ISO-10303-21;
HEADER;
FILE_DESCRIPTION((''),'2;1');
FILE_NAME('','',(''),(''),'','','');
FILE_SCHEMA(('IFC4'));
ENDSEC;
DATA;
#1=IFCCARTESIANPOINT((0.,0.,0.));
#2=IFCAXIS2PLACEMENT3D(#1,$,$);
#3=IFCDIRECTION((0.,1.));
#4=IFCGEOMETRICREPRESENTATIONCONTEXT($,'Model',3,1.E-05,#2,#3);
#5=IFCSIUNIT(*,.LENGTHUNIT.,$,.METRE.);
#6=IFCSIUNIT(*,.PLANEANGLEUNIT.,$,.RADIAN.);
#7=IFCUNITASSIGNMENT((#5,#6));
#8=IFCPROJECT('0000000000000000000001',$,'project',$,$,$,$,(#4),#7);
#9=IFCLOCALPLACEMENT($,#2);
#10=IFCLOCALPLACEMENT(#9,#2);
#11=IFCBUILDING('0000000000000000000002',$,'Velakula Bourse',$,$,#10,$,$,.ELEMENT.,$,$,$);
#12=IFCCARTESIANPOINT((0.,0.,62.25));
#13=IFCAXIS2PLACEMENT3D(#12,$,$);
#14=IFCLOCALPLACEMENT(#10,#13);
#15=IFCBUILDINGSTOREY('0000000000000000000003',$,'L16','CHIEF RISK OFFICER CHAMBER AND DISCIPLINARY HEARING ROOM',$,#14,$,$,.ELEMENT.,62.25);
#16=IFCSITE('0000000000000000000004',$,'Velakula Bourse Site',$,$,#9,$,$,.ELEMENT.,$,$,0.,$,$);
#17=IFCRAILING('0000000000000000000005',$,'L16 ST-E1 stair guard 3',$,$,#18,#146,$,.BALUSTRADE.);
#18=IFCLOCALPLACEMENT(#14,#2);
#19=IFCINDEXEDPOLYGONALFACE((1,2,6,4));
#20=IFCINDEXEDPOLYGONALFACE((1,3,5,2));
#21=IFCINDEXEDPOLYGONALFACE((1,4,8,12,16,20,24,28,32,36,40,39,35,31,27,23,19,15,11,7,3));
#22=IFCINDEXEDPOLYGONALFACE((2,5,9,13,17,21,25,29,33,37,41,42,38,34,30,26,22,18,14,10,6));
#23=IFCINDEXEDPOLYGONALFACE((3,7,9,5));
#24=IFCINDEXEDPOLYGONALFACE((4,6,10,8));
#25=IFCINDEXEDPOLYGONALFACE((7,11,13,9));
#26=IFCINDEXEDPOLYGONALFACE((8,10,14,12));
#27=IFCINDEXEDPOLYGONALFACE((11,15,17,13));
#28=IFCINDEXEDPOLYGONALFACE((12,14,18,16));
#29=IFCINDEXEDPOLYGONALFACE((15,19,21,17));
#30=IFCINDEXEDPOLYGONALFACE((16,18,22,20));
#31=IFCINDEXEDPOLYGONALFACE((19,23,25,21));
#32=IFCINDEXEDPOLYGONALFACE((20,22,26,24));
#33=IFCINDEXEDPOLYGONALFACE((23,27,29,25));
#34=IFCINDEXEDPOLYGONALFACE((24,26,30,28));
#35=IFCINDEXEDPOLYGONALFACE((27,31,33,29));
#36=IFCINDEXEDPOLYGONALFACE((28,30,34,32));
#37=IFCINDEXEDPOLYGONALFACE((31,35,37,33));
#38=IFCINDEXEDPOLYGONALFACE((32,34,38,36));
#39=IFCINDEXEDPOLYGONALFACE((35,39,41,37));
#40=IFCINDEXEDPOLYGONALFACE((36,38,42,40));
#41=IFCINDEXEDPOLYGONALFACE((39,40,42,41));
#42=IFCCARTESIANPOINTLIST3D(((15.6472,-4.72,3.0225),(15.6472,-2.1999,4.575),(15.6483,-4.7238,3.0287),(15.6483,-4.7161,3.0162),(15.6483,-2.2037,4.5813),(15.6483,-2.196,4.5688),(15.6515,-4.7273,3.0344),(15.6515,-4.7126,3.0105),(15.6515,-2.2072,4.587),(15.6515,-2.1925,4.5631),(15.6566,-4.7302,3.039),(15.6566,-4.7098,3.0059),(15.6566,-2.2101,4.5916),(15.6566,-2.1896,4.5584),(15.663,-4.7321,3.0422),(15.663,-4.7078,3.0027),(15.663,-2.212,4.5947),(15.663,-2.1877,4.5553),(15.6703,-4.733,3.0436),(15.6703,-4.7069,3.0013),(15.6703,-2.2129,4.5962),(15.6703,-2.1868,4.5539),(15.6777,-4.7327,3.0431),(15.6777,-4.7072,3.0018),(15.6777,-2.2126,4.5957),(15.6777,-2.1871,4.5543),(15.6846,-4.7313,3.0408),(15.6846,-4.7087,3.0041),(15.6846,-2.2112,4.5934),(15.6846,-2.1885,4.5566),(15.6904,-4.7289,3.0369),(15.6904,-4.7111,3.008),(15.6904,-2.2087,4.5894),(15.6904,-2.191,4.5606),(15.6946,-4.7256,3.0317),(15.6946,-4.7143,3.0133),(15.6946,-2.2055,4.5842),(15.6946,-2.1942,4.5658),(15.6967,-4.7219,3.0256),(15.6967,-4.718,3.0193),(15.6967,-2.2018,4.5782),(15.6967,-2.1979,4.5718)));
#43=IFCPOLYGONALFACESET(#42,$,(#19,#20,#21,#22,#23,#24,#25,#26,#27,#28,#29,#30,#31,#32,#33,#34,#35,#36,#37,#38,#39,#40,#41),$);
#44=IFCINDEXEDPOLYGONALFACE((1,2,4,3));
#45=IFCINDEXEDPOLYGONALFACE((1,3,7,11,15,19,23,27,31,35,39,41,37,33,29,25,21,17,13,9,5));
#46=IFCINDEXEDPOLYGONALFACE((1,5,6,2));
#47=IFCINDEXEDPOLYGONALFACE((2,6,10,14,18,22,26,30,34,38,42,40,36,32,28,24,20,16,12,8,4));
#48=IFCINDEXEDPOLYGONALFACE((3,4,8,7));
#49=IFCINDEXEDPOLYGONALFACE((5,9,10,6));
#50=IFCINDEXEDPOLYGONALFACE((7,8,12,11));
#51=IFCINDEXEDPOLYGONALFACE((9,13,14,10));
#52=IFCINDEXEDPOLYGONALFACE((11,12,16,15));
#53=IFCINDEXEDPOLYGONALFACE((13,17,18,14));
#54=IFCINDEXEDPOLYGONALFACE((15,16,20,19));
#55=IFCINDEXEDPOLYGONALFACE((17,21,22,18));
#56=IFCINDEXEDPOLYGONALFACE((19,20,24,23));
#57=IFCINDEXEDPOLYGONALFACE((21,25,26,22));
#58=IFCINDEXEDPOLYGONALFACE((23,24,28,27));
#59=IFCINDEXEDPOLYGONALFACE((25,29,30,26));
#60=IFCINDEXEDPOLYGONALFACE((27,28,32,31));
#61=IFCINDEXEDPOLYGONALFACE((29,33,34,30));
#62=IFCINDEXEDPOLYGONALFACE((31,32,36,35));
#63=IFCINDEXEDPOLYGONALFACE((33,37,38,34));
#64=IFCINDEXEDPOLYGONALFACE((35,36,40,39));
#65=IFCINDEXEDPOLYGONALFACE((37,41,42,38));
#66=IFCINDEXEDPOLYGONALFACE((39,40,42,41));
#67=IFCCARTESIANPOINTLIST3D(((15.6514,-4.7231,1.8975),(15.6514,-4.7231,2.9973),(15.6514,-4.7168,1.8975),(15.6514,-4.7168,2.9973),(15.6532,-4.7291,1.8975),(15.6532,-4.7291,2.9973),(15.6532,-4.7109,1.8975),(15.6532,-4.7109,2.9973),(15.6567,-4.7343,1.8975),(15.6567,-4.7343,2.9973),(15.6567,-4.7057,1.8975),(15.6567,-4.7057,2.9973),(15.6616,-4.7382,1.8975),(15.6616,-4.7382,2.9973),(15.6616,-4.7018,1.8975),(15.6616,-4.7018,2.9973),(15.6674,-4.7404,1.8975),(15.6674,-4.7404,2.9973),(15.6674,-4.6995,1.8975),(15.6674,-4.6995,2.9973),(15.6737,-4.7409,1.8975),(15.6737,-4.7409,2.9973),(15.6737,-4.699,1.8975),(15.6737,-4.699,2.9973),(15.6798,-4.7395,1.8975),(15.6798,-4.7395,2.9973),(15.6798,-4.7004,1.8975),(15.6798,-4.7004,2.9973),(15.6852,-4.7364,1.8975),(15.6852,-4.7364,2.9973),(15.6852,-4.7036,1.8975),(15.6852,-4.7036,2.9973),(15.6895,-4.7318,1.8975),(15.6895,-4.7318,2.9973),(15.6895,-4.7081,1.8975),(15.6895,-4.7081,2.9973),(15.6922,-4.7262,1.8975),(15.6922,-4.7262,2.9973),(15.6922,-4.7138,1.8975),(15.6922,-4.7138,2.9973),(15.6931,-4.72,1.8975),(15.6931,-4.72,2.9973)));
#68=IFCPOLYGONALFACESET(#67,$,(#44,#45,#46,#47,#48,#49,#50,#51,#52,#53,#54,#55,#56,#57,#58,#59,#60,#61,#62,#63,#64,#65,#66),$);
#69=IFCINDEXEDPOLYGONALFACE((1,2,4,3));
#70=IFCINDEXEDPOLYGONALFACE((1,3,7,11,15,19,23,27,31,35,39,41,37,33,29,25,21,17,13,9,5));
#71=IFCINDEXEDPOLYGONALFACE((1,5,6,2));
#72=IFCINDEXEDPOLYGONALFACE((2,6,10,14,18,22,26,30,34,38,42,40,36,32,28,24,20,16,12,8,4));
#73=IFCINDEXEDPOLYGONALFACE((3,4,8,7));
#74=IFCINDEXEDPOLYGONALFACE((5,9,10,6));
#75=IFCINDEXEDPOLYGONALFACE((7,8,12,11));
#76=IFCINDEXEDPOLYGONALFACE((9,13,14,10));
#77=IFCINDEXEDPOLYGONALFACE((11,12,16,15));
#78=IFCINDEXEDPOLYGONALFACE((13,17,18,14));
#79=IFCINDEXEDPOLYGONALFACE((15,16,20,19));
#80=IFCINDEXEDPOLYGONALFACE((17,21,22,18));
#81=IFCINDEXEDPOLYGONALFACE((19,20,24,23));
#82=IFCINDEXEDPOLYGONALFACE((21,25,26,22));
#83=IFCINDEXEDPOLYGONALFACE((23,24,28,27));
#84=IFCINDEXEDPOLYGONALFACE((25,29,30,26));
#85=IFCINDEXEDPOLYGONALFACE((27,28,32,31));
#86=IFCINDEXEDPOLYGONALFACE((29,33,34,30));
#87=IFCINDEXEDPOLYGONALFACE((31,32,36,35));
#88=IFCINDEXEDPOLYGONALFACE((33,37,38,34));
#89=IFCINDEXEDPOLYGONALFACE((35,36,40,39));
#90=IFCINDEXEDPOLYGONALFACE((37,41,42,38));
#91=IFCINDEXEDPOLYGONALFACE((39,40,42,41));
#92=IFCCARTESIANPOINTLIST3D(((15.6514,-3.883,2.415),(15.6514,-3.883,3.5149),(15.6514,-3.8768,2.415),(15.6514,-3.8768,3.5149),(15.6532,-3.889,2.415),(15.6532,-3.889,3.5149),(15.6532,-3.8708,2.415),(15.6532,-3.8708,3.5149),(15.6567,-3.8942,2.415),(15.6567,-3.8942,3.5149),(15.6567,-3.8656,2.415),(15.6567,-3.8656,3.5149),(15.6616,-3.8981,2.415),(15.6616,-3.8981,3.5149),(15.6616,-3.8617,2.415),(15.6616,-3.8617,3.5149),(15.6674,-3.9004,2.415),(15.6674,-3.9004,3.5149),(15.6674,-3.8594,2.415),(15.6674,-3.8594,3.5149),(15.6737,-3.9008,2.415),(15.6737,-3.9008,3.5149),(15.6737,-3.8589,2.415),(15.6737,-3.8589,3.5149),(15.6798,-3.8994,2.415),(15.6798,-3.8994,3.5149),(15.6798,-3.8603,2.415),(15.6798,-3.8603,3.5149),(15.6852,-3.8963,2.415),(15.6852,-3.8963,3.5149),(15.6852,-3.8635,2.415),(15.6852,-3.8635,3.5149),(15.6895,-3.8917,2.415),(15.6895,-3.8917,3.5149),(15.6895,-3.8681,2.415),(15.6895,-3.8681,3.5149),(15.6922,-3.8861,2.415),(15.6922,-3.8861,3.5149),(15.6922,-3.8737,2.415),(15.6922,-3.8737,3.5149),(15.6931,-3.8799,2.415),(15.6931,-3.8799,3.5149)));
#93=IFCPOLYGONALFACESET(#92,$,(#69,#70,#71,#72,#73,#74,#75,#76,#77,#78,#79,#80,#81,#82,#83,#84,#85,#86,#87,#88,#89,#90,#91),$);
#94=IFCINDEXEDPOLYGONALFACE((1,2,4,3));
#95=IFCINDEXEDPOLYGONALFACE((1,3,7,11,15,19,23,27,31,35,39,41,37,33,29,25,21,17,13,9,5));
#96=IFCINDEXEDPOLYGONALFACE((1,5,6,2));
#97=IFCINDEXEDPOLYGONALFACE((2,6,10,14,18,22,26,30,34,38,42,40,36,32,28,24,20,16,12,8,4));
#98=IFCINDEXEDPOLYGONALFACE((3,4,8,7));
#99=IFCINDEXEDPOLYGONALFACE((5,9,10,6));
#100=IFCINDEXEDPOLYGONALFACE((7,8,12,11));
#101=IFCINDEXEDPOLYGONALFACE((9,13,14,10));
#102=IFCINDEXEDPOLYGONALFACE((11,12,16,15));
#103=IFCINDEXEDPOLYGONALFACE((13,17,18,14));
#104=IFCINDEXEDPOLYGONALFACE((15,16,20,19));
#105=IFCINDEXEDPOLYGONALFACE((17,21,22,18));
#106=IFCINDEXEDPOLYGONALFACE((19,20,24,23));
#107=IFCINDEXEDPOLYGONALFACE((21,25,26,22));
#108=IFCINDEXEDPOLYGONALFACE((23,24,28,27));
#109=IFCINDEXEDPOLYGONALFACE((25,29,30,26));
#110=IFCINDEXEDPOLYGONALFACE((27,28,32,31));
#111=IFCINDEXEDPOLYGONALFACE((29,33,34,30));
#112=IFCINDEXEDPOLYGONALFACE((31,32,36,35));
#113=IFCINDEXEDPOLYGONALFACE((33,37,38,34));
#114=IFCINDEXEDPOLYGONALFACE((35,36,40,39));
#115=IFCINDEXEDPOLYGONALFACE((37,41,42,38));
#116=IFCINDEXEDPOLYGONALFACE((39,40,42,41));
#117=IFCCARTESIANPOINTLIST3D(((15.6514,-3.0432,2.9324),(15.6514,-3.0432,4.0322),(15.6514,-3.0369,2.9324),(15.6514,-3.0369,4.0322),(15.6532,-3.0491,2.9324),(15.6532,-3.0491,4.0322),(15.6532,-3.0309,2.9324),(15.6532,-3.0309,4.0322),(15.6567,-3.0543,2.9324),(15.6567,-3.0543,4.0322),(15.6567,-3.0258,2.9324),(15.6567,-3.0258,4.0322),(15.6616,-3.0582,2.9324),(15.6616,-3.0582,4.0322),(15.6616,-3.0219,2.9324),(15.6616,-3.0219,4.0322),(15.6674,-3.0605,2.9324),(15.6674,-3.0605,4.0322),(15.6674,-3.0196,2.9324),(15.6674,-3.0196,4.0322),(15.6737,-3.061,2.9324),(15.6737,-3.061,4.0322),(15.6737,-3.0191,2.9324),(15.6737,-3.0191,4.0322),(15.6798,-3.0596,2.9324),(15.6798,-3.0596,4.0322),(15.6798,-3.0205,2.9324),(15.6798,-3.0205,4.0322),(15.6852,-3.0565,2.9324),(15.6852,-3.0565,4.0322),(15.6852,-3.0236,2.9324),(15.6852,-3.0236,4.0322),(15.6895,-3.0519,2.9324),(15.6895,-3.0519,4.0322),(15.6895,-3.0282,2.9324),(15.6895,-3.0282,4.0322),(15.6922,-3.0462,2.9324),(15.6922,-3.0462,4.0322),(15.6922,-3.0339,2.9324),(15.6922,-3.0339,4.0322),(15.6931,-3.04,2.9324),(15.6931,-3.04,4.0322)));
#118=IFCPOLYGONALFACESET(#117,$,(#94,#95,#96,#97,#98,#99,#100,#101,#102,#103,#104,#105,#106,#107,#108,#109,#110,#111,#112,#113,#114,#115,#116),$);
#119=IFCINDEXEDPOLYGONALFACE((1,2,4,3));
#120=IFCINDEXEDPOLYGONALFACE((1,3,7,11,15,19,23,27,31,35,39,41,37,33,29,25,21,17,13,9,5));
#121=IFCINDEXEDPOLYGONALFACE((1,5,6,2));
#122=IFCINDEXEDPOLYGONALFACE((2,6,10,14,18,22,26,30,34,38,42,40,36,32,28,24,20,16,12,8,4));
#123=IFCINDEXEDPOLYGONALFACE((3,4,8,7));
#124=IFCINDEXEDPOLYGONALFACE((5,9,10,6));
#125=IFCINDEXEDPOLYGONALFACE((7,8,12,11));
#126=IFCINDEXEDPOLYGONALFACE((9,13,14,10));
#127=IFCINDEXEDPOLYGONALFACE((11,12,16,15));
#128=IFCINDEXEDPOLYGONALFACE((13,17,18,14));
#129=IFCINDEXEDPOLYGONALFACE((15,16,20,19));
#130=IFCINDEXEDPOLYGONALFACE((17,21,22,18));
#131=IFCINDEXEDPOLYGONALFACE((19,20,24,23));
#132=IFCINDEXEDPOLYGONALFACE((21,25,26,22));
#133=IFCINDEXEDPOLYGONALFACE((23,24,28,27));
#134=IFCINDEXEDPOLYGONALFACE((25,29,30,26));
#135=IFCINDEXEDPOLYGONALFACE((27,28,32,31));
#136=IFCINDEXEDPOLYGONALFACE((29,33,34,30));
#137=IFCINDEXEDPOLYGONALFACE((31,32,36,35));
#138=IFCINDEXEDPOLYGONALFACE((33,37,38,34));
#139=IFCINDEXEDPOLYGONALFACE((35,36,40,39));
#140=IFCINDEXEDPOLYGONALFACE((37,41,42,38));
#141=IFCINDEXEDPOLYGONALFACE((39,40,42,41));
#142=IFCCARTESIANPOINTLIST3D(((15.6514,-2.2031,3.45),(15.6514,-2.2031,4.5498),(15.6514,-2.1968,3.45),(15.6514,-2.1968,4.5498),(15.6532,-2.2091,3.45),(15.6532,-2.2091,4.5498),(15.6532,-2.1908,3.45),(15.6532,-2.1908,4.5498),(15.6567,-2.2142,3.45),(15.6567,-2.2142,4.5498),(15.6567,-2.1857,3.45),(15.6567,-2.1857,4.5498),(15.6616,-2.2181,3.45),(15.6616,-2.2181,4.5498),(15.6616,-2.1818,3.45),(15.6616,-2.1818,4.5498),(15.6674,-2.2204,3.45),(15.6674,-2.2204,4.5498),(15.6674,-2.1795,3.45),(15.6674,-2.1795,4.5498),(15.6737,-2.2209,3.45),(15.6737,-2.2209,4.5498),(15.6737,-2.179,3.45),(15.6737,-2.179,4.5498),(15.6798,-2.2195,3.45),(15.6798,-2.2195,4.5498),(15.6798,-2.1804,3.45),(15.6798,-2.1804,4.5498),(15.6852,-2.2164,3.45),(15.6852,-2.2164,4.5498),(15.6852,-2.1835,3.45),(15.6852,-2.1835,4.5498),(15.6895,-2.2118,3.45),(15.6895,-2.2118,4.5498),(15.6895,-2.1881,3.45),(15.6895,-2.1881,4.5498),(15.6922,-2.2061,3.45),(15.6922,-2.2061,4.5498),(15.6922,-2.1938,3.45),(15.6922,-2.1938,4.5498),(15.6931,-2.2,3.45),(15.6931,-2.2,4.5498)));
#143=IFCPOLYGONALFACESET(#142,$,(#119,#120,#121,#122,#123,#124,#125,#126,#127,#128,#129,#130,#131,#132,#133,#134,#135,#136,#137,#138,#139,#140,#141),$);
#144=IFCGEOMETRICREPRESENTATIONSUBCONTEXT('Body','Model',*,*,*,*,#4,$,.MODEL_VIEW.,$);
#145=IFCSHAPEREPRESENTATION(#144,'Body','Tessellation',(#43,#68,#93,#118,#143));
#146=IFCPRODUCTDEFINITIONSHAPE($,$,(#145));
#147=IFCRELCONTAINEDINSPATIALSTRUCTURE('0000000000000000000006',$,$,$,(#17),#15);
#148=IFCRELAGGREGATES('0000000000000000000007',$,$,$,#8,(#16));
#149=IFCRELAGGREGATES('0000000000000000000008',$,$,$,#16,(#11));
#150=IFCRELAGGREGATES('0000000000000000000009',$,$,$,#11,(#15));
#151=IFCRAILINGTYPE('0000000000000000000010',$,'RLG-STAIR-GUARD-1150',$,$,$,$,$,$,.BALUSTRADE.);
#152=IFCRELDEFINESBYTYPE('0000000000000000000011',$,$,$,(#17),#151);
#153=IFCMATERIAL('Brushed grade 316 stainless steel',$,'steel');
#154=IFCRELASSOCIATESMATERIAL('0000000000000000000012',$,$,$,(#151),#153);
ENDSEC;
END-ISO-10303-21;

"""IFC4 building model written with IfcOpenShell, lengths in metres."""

from ifc_helpers import new_model, si_unit, direction, frame, origin, origin_2d, place, context, subcontext, project, spatial, circle, extrude, material, type_object, element, save


model = new_model("IFC4")

# Units and contexts
model_context = context("Model", 3, precision=1e-05, world=origin(), true_north=direction((0.0, 1.0)))
body_context = subcontext(model_context, "Body", "Model", "MODEL_VIEW")
ifc_project = project(units=[si_unit("LENGTHUNIT", "METRE"), si_unit("PLANEANGLEUNIT", "RADIAN")], contexts=[model_context])

# Site, building, storey
site_placement = place(None, origin())
site = spatial("IfcSite", under=ifc_project, at=site_placement, Name="Velakula Bourse Site", CompositionType="ELEMENT", RefElevation=0.0)
building_placement = place(site_placement, origin())
building = spatial("IfcBuilding", under=site, at=building_placement, Name="Velakula Bourse", CompositionType="ELEMENT")
storey_placement = place(building_placement, frame((0.0, 0.0, 62.25)))
storey = spatial("IfcBuildingStorey", under=building, at=storey_placement, Name="L16", Description="CHIEF RISK OFFICER CHAMBER AND DISCIPLINARY HEARING ROOM", CompositionType="ELEMENT", Elevation=62.25)

# Shared definitions
ifc_material_1 = material(Name="Brushed grade 316 stainless steel", Category="steel")

# Railing
railing_type_1 = type_object("IfcRailingType", Name="RLG-STAIR-GUARD-1150", PredefinedType="BALUSTRADE", material=ifc_material_1)
railing_1_placement = place(storey_placement, frame((15.6721, -4.72, 1.8975)))
element("IfcRailing", 1, at=railing_1_placement, inside=storey, type_object=railing_type_1, Name="L16 ST-E1 stair guard 3", PredefinedType="BALUSTRADE", context=body_context, shape_type="SweptSolid", body=[
    extrude(circle(Radius=0.0249, at=origin_2d()), frame((0.0, 0.0, 1.125), z_axis=(0.0, 0.8514, 0.524516), x_axis=(-1.0, 0.0, 0.0)), (0.0, 0.0, 1.0), 2.96),
    extrude(circle(Radius=0.021, at=origin_2d()), origin(), (0.0, 0.0, 1.0), 1.0999),
    extrude(circle(Radius=0.021, at=origin_2d()), frame((0.0, 0.8401, 0.5176)), (0.0, 0.0, 1.0), 1.0999),
    extrude(circle(Radius=0.021, at=origin_2d()), frame((0.0, 1.6799, 1.0349)), (0.0, 0.0, 1.0), 1.0999),
    extrude(circle(Radius=0.021, at=origin_2d()), frame((0.0, 2.52, 1.5525)), (0.0, 0.0, 1.0), 1.0999),
])

save(model, "model.ifc")
